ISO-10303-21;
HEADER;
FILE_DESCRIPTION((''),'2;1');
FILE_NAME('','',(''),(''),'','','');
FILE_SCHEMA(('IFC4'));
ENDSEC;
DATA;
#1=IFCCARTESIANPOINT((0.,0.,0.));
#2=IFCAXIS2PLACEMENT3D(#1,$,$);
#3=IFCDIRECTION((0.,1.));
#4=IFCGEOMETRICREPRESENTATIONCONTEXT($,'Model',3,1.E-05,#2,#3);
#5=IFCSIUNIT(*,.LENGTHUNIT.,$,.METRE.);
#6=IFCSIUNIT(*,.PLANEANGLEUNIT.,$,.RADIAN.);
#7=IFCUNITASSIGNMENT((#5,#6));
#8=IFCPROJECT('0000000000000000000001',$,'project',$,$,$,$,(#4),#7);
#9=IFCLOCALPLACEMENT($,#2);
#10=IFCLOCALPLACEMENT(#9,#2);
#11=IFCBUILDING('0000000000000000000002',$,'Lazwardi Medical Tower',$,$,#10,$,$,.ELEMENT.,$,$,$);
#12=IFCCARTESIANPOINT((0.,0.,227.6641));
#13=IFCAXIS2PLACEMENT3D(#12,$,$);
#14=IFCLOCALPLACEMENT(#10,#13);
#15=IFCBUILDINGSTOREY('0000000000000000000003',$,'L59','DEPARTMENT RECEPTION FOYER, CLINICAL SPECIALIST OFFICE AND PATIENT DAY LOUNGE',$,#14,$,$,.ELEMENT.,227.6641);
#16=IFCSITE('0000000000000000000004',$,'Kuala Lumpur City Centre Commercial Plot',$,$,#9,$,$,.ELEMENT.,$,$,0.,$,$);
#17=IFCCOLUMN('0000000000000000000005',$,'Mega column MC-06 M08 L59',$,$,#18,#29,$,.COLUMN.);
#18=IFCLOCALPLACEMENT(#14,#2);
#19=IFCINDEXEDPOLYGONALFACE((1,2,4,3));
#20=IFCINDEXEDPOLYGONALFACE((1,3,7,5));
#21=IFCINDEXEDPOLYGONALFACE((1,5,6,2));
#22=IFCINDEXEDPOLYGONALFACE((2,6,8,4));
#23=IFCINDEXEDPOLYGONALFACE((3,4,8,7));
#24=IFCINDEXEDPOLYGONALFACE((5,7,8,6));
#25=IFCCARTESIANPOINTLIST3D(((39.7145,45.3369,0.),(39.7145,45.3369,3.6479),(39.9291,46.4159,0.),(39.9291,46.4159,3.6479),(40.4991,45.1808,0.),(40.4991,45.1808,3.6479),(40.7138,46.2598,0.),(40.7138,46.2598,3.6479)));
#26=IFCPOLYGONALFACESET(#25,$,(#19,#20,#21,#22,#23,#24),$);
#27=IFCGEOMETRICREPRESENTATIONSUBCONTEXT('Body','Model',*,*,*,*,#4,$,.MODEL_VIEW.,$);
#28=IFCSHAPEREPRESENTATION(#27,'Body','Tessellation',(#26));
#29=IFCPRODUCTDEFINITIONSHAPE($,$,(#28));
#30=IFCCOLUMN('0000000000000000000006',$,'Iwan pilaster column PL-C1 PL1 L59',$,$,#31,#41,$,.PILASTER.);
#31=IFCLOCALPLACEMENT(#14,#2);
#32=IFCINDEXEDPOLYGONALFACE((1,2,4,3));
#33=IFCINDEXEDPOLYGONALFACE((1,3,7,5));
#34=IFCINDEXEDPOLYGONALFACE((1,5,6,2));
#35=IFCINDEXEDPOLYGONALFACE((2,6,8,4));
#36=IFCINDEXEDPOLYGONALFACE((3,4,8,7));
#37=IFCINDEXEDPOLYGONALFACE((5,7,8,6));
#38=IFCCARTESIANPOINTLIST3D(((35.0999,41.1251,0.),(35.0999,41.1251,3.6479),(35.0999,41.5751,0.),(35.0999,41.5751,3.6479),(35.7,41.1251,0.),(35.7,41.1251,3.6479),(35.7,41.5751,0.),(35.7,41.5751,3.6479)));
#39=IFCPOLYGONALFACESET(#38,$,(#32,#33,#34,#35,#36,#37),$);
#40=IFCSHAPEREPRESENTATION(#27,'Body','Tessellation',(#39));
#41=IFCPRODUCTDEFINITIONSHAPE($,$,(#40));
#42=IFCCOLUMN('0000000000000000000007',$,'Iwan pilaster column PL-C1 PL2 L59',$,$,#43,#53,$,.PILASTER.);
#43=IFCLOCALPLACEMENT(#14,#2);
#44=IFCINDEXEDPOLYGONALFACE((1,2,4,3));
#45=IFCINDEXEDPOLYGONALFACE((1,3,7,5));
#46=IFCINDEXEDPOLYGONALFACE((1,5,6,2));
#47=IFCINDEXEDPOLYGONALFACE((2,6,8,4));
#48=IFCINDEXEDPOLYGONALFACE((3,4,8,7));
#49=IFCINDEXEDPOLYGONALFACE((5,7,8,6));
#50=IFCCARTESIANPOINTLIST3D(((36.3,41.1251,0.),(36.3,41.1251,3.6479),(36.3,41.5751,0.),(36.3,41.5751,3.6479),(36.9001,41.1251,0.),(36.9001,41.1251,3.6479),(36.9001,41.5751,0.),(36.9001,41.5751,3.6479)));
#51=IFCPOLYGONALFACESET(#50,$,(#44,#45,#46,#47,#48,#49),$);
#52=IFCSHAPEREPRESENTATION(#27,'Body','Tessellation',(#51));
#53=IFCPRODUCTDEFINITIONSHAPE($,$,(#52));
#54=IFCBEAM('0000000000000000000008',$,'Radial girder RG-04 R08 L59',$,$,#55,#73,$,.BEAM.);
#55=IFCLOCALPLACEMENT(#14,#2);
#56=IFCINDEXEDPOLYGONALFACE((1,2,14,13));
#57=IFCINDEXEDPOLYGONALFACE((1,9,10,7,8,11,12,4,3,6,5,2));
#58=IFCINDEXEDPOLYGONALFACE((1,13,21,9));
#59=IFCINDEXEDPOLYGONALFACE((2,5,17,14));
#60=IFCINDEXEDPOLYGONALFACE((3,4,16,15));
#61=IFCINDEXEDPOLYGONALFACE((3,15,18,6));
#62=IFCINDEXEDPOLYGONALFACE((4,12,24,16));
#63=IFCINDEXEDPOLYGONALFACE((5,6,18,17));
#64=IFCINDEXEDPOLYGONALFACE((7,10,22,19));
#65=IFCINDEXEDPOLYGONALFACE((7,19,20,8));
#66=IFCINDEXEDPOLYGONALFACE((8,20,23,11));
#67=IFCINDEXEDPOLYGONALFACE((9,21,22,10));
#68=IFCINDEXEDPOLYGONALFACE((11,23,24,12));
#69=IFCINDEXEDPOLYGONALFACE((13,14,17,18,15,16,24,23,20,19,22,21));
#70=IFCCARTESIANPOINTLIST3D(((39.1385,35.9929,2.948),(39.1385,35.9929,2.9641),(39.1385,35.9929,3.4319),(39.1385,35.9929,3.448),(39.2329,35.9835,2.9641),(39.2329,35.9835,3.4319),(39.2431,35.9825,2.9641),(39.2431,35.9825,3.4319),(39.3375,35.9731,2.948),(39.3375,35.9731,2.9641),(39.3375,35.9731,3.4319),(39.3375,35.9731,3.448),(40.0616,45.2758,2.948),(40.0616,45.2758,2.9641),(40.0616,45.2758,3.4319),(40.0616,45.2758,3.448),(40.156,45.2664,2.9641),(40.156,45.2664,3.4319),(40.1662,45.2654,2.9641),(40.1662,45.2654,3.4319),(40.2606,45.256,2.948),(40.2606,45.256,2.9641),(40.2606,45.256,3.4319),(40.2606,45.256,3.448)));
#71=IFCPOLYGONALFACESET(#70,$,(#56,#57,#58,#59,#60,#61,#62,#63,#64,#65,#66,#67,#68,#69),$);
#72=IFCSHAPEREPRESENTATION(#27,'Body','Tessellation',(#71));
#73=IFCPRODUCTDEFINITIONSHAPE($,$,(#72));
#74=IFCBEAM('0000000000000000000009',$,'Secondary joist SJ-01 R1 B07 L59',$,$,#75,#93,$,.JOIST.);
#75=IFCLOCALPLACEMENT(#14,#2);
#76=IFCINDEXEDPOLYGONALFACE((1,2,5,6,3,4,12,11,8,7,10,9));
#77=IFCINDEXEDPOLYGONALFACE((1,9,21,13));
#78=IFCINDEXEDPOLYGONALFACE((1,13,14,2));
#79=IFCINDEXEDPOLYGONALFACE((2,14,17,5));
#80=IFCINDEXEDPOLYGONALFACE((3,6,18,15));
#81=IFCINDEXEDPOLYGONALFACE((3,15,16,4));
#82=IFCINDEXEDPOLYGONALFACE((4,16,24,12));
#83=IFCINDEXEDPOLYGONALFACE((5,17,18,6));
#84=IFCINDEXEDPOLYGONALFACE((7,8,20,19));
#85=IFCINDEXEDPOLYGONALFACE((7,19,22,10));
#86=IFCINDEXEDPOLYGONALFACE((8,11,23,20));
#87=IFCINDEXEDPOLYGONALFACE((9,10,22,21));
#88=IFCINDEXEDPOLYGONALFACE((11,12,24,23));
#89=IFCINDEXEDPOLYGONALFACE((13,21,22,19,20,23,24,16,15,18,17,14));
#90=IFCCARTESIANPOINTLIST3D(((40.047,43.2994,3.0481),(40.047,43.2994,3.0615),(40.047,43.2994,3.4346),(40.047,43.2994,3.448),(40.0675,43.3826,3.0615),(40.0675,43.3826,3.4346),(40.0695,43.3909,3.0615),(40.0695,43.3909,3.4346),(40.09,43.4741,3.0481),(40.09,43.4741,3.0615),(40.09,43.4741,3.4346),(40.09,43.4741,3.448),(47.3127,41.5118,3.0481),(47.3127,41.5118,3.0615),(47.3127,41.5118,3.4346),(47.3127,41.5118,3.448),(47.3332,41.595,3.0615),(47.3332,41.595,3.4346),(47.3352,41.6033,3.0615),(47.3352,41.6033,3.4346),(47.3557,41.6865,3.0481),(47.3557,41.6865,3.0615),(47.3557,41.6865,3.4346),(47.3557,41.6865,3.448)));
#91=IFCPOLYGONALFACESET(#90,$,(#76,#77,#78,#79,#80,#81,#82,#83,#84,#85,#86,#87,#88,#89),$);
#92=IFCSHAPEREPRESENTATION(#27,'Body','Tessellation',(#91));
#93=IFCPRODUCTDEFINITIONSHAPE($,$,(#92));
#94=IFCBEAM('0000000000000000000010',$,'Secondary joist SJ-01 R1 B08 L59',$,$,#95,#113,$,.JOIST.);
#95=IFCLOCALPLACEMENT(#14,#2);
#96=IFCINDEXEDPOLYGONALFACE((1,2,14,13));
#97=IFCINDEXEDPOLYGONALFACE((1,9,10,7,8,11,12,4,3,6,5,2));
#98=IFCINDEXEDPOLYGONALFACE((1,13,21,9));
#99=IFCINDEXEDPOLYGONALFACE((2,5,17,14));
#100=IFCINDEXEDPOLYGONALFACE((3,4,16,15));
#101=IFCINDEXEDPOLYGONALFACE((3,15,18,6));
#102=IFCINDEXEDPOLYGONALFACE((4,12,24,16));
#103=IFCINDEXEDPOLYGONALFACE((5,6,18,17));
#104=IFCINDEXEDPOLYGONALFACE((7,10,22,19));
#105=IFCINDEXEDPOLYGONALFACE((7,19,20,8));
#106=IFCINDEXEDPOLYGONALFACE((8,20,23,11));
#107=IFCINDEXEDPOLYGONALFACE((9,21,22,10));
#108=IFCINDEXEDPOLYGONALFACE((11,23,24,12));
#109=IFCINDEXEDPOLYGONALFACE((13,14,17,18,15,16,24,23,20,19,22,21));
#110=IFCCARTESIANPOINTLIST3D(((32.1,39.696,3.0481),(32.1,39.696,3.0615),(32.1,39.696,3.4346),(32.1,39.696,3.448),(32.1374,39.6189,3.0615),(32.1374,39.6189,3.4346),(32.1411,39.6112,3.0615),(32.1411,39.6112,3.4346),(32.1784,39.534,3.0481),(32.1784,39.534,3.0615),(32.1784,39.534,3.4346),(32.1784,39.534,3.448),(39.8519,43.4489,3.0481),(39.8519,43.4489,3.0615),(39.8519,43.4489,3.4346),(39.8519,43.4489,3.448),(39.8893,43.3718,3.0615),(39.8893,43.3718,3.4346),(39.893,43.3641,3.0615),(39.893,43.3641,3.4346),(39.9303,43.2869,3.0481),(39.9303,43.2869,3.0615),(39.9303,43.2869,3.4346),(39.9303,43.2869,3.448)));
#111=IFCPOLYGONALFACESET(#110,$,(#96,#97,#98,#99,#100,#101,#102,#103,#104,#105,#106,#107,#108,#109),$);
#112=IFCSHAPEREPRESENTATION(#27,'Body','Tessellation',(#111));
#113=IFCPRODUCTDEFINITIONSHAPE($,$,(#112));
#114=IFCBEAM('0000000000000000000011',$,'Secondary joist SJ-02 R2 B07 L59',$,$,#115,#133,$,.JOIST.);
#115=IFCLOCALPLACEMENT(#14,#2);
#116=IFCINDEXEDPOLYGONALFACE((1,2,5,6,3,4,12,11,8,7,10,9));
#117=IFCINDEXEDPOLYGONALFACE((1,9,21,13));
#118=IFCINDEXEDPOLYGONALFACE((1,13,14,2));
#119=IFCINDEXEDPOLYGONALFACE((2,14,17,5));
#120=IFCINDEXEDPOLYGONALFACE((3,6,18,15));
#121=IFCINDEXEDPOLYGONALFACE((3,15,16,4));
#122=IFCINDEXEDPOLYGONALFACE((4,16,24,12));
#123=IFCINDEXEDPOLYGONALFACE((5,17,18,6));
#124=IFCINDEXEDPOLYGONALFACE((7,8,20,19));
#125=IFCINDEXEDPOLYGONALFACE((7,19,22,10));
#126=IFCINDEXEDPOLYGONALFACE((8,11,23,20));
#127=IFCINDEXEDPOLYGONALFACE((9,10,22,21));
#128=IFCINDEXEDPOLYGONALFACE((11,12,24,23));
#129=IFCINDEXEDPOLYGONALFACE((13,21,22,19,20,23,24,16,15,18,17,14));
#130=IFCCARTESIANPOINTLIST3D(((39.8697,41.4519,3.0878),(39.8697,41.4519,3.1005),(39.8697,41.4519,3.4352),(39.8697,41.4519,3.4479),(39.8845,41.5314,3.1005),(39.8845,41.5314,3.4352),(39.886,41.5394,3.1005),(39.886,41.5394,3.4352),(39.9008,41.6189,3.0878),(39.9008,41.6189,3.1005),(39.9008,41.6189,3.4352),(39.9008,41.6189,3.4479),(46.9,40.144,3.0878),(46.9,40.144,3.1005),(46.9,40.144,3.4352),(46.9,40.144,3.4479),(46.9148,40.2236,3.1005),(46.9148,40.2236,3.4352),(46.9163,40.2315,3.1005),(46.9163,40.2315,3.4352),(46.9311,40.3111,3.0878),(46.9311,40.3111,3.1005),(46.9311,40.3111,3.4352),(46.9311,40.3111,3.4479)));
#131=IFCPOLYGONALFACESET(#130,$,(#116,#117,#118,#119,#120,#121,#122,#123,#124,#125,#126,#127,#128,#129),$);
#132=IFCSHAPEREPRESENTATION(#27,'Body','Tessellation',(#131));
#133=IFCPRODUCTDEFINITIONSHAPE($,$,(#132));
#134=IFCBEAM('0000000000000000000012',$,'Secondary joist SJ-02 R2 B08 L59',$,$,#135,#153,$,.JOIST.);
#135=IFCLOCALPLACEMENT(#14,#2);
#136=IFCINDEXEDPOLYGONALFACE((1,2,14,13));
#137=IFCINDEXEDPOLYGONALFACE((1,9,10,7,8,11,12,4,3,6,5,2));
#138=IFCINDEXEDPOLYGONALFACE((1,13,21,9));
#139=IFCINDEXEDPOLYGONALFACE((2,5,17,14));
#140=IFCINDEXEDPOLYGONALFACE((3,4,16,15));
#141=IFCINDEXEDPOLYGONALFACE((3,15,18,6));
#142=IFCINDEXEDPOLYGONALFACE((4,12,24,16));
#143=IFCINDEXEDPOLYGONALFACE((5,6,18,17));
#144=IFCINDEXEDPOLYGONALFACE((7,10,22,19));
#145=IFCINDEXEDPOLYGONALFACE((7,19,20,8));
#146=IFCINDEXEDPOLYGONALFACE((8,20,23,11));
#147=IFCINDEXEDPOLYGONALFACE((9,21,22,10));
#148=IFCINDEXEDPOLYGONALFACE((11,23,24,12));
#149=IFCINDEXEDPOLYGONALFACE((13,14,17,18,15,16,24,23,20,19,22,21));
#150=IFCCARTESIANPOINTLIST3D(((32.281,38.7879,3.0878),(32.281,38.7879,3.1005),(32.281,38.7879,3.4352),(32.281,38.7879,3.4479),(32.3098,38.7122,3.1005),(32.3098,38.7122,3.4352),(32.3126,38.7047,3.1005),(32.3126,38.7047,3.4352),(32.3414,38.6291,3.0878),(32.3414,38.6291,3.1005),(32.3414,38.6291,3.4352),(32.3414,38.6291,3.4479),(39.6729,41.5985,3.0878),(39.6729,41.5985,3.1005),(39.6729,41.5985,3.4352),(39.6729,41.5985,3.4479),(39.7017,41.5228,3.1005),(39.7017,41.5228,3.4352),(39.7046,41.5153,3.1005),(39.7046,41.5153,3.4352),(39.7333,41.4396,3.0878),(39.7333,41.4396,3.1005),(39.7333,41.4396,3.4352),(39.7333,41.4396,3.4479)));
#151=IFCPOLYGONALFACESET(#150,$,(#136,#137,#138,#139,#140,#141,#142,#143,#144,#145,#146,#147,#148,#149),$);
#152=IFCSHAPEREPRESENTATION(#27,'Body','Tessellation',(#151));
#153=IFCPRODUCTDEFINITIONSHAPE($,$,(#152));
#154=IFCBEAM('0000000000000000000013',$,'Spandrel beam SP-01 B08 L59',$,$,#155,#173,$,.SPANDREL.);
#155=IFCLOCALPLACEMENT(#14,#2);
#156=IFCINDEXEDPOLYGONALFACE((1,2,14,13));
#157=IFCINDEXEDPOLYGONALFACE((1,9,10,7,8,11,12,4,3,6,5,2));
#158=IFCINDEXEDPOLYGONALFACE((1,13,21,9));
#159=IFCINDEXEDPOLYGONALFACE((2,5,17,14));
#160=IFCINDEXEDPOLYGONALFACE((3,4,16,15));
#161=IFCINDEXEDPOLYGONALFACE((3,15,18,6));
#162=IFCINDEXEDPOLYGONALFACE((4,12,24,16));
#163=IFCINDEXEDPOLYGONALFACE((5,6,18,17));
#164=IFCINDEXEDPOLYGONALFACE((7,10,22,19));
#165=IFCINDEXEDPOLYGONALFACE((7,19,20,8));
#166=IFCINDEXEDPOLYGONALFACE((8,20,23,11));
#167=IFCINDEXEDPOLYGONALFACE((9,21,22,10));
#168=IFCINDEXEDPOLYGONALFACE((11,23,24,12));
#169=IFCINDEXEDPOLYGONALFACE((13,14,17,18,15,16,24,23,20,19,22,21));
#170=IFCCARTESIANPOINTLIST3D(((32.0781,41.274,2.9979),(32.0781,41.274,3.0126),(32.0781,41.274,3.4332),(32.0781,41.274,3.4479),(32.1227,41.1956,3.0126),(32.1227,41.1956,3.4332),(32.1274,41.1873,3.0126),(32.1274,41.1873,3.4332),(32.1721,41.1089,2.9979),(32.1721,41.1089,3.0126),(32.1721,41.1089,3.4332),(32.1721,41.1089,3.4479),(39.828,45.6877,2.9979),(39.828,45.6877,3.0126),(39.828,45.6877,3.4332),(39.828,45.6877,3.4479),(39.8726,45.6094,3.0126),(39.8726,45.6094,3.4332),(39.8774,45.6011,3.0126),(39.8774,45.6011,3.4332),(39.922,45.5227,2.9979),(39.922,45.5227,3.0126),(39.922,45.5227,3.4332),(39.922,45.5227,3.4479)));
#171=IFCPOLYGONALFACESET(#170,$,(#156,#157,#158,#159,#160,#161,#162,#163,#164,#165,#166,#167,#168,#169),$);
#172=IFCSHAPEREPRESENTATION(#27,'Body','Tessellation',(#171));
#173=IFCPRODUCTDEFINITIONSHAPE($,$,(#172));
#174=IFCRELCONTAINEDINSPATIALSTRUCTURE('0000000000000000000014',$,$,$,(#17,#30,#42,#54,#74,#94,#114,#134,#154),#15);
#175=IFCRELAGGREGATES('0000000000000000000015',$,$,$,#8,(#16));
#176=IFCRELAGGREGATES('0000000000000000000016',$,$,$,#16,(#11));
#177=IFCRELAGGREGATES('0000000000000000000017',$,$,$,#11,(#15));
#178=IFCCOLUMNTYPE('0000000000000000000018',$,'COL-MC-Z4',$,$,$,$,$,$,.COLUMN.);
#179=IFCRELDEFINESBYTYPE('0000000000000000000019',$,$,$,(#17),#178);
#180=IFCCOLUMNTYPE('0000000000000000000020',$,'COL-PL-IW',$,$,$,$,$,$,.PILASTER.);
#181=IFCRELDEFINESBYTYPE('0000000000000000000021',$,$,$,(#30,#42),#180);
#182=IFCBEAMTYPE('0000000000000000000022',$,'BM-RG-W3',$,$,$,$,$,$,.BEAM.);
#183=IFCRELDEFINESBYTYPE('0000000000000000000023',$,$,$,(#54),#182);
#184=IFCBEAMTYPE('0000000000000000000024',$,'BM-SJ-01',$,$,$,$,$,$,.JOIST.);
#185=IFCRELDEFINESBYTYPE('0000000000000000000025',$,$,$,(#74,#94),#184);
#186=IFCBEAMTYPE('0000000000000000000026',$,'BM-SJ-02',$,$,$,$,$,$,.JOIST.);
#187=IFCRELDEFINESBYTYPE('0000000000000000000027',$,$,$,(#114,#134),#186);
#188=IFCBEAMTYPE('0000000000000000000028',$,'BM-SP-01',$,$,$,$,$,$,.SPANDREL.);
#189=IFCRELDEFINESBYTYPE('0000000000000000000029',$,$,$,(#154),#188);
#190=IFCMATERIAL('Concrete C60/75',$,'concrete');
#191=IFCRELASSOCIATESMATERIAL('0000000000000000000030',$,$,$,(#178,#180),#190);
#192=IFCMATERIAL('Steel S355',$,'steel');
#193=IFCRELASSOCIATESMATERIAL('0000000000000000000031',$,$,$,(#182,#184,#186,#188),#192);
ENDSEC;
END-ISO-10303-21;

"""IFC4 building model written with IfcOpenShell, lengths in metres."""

from ifc_helpers import new_model, si_unit, direction, frame, origin, origin_2d, place, context, subcontext, project, spatial, rectangle, i_section, extrude, material, material_profile, profile_set, type_object, element, save


model = new_model("IFC4")

# Units and contexts
model_context = context("Model", 3, precision=1e-05, world=origin(), true_north=direction((0.0, 1.0)))
body_context = subcontext(model_context, "Body", "Model", "MODEL_VIEW")
ifc_project = project(units=[si_unit("LENGTHUNIT", "METRE"), si_unit("PLANEANGLEUNIT", "RADIAN")], contexts=[model_context])

# Site, building, storey
site_placement = place(None, origin())
site = spatial("IfcSite", under=ifc_project, at=site_placement, Name="Kuala Lumpur City Centre Commercial Plot", CompositionType="ELEMENT", RefElevation=0.0)
building_placement = place(site_placement, origin())
building = spatial("IfcBuilding", under=site, at=building_placement, Name="Lazwardi Medical Tower", CompositionType="ELEMENT")
storey_placement = place(building_placement, frame((0.0, 0.0, 227.6641)))
storey = spatial("IfcBuildingStorey", under=building, at=storey_placement, Name="L59", Description="DEPARTMENT RECEPTION FOYER, CLINICAL SPECIALIST OFFICE AND PATIENT DAY LOUNGE", CompositionType="ELEMENT", Elevation=227.6641)

# Columns
ifc_material_1 = material(Name="Concrete C60/75", Category="concrete")
ifc_material_profile_1 = material_profile(ifc_material_1, rectangle(XDim=1.1001, YDim=0.8, at=origin_2d()), Name="CFT-RECT 1100x800")
ifc_profile_set_1 = profile_set([ifc_material_profile_1], Name="Concrete C60/75")
column_type_1 = type_object("IfcColumnType", Name="COL-MC-Z4", PredefinedType="COLUMN", material=ifc_profile_set_1)
column_placement = place(storey_placement, frame((40.2141, 45.7983, 0.0), z_axis=(0.0, 0.0, 1.0), x_axis=(0.19509, 0.980785, 0.0)))
element("IfcColumn", 1, at=column_placement, inside=storey, type_object=column_type_1, Name="Mega column MC-06 M08 L59", PredefinedType="COLUMN", context=body_context, shape_type="SweptSolid", body=[
    extrude(rectangle(XDim=1.1001, YDim=0.8, at=origin_2d()), origin(), (0.0, 0.0, 1.0), 3.6479),
])
ifc_material_profile_2 = material_profile(ifc_material_1, rectangle(XDim=0.6001, YDim=0.45, at=origin_2d()), Name="RC 600x450")
ifc_profile_set_2 = profile_set([ifc_material_profile_2], Name="Concrete C60/75")
column_type_2 = type_object("IfcColumnType", Name="COL-PL-IW", PredefinedType="PILASTER", material=ifc_profile_set_2)
for number, where, z_axis, x_axis, name in (
    (2, (35.3999, 41.3501, 0.0), (0.0, 0.0, 1.0), (1.0, 0.0, 0.0), "Iwan pilaster column PL-C1 PL1 L59"),
    (3, (36.6001, 41.3501, 0.0), (0.0, 0.0, 1.0), (1.0, 0.0, 0.0), "Iwan pilaster column PL-C1 PL2 L59"),
):
    element("IfcColumn", number, at=place(storey_placement, frame(where, z_axis=z_axis, x_axis=x_axis)), inside=storey, type_object=column_type_2, Name=name, PredefinedType="PILASTER", context=body_context, shape_type="SweptSolid", body=[
        extrude(rectangle(XDim=0.6001, YDim=0.45, at=origin_2d()), origin(), (0.0, 0.0, 1.0), 3.6479),
    ])

# Beams
ifc_material_2 = material(Name="Steel S355", Category="steel")
ifc_material_profile_3 = material_profile(ifc_material_2, i_section(OverallWidth=0.2, OverallDepth=0.5, WebThickness=0.0103, FlangeThickness=0.0161, at=origin_2d()), Name="IPE 500")
ifc_profile_set_3 = profile_set([ifc_material_profile_3], Name="Steel S355")
beam_type_1 = type_object("IfcBeamType", Name="BM-RG-W3", PredefinedType="BEAM", material=ifc_profile_set_3)
beam_1_placement = place(storey_placement, frame((40.1611, 45.2659, 3.198), z_axis=(-0.098954, -0.995092, 0.0), x_axis=(0.995092, -0.098954, 0.0)))
element("IfcBeam", 4, at=beam_1_placement, inside=storey, type_object=beam_type_1, Name="Radial girder RG-04 R08 L59", PredefinedType="BEAM", context=body_context, shape_type="SweptSolid", body=[
    extrude(i_section(OverallWidth=0.2, OverallDepth=0.5, WebThickness=0.0103, FlangeThickness=0.0161, at=origin_2d()), origin(), (0.0, 0.0, 1.0), 9.3286),
])
ifc_material_profile_4 = material_profile(ifc_material_2, i_section(OverallWidth=0.1799, OverallDepth=0.3999, WebThickness=0.0085, FlangeThickness=0.0134, at=origin_2d()), Name="IPE 400")
ifc_profile_set_4 = profile_set([ifc_material_profile_4], Name="Steel S355")
beam_type_2 = type_object("IfcBeamType", Name="BM-SJ-01", PredefinedType="JOIST", material=ifc_profile_set_4)
beam_2_placement = place(storey_placement, frame((47.3342, 41.5991, 3.248), z_axis=(-0.971042, 0.23891, 0.0), x_axis=(-0.23891, -0.971042, 0.0)))
element("IfcBeam", 5, at=beam_2_placement, inside=storey, type_object=beam_type_2, Name="Secondary joist SJ-01 R1 B07 L59", PredefinedType="JOIST", context=body_context, shape_type="SweptSolid", body=[
    extrude(i_section(OverallWidth=0.1799, OverallDepth=0.3999, WebThickness=0.0085, FlangeThickness=0.0134, at=origin_2d()), origin(), (0.0, 0.0, 1.0), 7.4824),
])
beam_3_placement = place(storey_placement, frame((39.8911, 43.3679, 3.248), z_axis=(-0.900069, -0.435748, 0.0), x_axis=(0.435748, -0.900069, 0.0)))
element("IfcBeam", 6, at=beam_3_placement, inside=storey, type_object=beam_type_2, Name="Secondary joist SJ-01 R1 B08 L59", PredefinedType="JOIST", context=body_context, shape_type="SweptSolid", body=[
    extrude(i_section(OverallWidth=0.1799, OverallDepth=0.3999, WebThickness=0.0085, FlangeThickness=0.0134, at=origin_2d()), origin(), (0.0, 0.0, 1.0), 8.6125),
])
ifc_material_profile_5 = material_profile(ifc_material_2, i_section(OverallWidth=0.1699, OverallDepth=0.3601, WebThickness=0.0081, FlangeThickness=0.0127, at=origin_2d()), Name="IPE 360")
ifc_profile_set_5 = profile_set([ifc_material_profile_5], Name="Steel S355")
beam_type_3 = type_object("IfcBeamType", Name="BM-SJ-02", PredefinedType="JOIST", material=ifc_profile_set_5)
beam_4_placement = place(storey_placement, frame((46.9155, 40.2275, 3.2678), z_axis=(-0.983132, 0.182895, 0.0), x_axis=(-0.182895, -0.983132, 0.0)))
element("IfcBeam", 7, at=beam_4_placement, inside=storey, type_object=beam_type_3, Name="Secondary joist SJ-02 R2 B07 L59", PredefinedType="JOIST", context=body_context, shape_type="SweptSolid", body=[
    extrude(i_section(OverallWidth=0.1699, OverallDepth=0.3601, WebThickness=0.0081, FlangeThickness=0.0127, at=origin_2d()), origin(), (0.0, 0.0, 1.0), 7.1509),
])
beam_5_placement = place(storey_placement, frame((39.7031, 41.519, 3.2678), z_axis=(-0.934714, -0.3554, 0.0), x_axis=(0.3554, -0.934714, 0.0)))
element("IfcBeam", 8, at=beam_5_placement, inside=storey, type_object=beam_type_3, Name="Secondary joist SJ-02 R2 B08 L59", PredefinedType="JOIST", context=body_context, shape_type="SweptSolid", body=[
    extrude(i_section(OverallWidth=0.1699, OverallDepth=0.3601, WebThickness=0.0081, FlangeThickness=0.0127, at=origin_2d()), origin(), (0.0, 0.0, 1.0), 7.9082),
])
ifc_material_profile_6 = material_profile(ifc_material_2, i_section(OverallWidth=0.1899, OverallDepth=0.45, WebThickness=0.0095, FlangeThickness=0.0146, at=origin_2d()), Name="IPE 450")
ifc_profile_set_6 = profile_set([ifc_material_profile_6], Name="Steel S355")
beam_type_4 = type_object("IfcBeamType", Name="BM-SP-01", PredefinedType="SPANDREL", material=ifc_profile_set_6)
beam_6_placement = place(storey_placement, frame((39.875, 45.6052, 3.2229), z_axis=(-0.868955, -0.494891, 0.0), x_axis=(0.494891, -0.868955, 0.0)))
element("IfcBeam", 9, at=beam_6_placement, inside=storey, type_object=beam_type_4, Name="Spandrel beam SP-01 B08 L59", PredefinedType="SPANDREL", context=body_context, shape_type="SweptSolid", body=[
    extrude(i_section(OverallWidth=0.1899, OverallDepth=0.45, WebThickness=0.0095, FlangeThickness=0.0146, at=origin_2d()), origin(), (0.0, 0.0, 1.0), 8.9187),
])

save(model, "model.ifc")
